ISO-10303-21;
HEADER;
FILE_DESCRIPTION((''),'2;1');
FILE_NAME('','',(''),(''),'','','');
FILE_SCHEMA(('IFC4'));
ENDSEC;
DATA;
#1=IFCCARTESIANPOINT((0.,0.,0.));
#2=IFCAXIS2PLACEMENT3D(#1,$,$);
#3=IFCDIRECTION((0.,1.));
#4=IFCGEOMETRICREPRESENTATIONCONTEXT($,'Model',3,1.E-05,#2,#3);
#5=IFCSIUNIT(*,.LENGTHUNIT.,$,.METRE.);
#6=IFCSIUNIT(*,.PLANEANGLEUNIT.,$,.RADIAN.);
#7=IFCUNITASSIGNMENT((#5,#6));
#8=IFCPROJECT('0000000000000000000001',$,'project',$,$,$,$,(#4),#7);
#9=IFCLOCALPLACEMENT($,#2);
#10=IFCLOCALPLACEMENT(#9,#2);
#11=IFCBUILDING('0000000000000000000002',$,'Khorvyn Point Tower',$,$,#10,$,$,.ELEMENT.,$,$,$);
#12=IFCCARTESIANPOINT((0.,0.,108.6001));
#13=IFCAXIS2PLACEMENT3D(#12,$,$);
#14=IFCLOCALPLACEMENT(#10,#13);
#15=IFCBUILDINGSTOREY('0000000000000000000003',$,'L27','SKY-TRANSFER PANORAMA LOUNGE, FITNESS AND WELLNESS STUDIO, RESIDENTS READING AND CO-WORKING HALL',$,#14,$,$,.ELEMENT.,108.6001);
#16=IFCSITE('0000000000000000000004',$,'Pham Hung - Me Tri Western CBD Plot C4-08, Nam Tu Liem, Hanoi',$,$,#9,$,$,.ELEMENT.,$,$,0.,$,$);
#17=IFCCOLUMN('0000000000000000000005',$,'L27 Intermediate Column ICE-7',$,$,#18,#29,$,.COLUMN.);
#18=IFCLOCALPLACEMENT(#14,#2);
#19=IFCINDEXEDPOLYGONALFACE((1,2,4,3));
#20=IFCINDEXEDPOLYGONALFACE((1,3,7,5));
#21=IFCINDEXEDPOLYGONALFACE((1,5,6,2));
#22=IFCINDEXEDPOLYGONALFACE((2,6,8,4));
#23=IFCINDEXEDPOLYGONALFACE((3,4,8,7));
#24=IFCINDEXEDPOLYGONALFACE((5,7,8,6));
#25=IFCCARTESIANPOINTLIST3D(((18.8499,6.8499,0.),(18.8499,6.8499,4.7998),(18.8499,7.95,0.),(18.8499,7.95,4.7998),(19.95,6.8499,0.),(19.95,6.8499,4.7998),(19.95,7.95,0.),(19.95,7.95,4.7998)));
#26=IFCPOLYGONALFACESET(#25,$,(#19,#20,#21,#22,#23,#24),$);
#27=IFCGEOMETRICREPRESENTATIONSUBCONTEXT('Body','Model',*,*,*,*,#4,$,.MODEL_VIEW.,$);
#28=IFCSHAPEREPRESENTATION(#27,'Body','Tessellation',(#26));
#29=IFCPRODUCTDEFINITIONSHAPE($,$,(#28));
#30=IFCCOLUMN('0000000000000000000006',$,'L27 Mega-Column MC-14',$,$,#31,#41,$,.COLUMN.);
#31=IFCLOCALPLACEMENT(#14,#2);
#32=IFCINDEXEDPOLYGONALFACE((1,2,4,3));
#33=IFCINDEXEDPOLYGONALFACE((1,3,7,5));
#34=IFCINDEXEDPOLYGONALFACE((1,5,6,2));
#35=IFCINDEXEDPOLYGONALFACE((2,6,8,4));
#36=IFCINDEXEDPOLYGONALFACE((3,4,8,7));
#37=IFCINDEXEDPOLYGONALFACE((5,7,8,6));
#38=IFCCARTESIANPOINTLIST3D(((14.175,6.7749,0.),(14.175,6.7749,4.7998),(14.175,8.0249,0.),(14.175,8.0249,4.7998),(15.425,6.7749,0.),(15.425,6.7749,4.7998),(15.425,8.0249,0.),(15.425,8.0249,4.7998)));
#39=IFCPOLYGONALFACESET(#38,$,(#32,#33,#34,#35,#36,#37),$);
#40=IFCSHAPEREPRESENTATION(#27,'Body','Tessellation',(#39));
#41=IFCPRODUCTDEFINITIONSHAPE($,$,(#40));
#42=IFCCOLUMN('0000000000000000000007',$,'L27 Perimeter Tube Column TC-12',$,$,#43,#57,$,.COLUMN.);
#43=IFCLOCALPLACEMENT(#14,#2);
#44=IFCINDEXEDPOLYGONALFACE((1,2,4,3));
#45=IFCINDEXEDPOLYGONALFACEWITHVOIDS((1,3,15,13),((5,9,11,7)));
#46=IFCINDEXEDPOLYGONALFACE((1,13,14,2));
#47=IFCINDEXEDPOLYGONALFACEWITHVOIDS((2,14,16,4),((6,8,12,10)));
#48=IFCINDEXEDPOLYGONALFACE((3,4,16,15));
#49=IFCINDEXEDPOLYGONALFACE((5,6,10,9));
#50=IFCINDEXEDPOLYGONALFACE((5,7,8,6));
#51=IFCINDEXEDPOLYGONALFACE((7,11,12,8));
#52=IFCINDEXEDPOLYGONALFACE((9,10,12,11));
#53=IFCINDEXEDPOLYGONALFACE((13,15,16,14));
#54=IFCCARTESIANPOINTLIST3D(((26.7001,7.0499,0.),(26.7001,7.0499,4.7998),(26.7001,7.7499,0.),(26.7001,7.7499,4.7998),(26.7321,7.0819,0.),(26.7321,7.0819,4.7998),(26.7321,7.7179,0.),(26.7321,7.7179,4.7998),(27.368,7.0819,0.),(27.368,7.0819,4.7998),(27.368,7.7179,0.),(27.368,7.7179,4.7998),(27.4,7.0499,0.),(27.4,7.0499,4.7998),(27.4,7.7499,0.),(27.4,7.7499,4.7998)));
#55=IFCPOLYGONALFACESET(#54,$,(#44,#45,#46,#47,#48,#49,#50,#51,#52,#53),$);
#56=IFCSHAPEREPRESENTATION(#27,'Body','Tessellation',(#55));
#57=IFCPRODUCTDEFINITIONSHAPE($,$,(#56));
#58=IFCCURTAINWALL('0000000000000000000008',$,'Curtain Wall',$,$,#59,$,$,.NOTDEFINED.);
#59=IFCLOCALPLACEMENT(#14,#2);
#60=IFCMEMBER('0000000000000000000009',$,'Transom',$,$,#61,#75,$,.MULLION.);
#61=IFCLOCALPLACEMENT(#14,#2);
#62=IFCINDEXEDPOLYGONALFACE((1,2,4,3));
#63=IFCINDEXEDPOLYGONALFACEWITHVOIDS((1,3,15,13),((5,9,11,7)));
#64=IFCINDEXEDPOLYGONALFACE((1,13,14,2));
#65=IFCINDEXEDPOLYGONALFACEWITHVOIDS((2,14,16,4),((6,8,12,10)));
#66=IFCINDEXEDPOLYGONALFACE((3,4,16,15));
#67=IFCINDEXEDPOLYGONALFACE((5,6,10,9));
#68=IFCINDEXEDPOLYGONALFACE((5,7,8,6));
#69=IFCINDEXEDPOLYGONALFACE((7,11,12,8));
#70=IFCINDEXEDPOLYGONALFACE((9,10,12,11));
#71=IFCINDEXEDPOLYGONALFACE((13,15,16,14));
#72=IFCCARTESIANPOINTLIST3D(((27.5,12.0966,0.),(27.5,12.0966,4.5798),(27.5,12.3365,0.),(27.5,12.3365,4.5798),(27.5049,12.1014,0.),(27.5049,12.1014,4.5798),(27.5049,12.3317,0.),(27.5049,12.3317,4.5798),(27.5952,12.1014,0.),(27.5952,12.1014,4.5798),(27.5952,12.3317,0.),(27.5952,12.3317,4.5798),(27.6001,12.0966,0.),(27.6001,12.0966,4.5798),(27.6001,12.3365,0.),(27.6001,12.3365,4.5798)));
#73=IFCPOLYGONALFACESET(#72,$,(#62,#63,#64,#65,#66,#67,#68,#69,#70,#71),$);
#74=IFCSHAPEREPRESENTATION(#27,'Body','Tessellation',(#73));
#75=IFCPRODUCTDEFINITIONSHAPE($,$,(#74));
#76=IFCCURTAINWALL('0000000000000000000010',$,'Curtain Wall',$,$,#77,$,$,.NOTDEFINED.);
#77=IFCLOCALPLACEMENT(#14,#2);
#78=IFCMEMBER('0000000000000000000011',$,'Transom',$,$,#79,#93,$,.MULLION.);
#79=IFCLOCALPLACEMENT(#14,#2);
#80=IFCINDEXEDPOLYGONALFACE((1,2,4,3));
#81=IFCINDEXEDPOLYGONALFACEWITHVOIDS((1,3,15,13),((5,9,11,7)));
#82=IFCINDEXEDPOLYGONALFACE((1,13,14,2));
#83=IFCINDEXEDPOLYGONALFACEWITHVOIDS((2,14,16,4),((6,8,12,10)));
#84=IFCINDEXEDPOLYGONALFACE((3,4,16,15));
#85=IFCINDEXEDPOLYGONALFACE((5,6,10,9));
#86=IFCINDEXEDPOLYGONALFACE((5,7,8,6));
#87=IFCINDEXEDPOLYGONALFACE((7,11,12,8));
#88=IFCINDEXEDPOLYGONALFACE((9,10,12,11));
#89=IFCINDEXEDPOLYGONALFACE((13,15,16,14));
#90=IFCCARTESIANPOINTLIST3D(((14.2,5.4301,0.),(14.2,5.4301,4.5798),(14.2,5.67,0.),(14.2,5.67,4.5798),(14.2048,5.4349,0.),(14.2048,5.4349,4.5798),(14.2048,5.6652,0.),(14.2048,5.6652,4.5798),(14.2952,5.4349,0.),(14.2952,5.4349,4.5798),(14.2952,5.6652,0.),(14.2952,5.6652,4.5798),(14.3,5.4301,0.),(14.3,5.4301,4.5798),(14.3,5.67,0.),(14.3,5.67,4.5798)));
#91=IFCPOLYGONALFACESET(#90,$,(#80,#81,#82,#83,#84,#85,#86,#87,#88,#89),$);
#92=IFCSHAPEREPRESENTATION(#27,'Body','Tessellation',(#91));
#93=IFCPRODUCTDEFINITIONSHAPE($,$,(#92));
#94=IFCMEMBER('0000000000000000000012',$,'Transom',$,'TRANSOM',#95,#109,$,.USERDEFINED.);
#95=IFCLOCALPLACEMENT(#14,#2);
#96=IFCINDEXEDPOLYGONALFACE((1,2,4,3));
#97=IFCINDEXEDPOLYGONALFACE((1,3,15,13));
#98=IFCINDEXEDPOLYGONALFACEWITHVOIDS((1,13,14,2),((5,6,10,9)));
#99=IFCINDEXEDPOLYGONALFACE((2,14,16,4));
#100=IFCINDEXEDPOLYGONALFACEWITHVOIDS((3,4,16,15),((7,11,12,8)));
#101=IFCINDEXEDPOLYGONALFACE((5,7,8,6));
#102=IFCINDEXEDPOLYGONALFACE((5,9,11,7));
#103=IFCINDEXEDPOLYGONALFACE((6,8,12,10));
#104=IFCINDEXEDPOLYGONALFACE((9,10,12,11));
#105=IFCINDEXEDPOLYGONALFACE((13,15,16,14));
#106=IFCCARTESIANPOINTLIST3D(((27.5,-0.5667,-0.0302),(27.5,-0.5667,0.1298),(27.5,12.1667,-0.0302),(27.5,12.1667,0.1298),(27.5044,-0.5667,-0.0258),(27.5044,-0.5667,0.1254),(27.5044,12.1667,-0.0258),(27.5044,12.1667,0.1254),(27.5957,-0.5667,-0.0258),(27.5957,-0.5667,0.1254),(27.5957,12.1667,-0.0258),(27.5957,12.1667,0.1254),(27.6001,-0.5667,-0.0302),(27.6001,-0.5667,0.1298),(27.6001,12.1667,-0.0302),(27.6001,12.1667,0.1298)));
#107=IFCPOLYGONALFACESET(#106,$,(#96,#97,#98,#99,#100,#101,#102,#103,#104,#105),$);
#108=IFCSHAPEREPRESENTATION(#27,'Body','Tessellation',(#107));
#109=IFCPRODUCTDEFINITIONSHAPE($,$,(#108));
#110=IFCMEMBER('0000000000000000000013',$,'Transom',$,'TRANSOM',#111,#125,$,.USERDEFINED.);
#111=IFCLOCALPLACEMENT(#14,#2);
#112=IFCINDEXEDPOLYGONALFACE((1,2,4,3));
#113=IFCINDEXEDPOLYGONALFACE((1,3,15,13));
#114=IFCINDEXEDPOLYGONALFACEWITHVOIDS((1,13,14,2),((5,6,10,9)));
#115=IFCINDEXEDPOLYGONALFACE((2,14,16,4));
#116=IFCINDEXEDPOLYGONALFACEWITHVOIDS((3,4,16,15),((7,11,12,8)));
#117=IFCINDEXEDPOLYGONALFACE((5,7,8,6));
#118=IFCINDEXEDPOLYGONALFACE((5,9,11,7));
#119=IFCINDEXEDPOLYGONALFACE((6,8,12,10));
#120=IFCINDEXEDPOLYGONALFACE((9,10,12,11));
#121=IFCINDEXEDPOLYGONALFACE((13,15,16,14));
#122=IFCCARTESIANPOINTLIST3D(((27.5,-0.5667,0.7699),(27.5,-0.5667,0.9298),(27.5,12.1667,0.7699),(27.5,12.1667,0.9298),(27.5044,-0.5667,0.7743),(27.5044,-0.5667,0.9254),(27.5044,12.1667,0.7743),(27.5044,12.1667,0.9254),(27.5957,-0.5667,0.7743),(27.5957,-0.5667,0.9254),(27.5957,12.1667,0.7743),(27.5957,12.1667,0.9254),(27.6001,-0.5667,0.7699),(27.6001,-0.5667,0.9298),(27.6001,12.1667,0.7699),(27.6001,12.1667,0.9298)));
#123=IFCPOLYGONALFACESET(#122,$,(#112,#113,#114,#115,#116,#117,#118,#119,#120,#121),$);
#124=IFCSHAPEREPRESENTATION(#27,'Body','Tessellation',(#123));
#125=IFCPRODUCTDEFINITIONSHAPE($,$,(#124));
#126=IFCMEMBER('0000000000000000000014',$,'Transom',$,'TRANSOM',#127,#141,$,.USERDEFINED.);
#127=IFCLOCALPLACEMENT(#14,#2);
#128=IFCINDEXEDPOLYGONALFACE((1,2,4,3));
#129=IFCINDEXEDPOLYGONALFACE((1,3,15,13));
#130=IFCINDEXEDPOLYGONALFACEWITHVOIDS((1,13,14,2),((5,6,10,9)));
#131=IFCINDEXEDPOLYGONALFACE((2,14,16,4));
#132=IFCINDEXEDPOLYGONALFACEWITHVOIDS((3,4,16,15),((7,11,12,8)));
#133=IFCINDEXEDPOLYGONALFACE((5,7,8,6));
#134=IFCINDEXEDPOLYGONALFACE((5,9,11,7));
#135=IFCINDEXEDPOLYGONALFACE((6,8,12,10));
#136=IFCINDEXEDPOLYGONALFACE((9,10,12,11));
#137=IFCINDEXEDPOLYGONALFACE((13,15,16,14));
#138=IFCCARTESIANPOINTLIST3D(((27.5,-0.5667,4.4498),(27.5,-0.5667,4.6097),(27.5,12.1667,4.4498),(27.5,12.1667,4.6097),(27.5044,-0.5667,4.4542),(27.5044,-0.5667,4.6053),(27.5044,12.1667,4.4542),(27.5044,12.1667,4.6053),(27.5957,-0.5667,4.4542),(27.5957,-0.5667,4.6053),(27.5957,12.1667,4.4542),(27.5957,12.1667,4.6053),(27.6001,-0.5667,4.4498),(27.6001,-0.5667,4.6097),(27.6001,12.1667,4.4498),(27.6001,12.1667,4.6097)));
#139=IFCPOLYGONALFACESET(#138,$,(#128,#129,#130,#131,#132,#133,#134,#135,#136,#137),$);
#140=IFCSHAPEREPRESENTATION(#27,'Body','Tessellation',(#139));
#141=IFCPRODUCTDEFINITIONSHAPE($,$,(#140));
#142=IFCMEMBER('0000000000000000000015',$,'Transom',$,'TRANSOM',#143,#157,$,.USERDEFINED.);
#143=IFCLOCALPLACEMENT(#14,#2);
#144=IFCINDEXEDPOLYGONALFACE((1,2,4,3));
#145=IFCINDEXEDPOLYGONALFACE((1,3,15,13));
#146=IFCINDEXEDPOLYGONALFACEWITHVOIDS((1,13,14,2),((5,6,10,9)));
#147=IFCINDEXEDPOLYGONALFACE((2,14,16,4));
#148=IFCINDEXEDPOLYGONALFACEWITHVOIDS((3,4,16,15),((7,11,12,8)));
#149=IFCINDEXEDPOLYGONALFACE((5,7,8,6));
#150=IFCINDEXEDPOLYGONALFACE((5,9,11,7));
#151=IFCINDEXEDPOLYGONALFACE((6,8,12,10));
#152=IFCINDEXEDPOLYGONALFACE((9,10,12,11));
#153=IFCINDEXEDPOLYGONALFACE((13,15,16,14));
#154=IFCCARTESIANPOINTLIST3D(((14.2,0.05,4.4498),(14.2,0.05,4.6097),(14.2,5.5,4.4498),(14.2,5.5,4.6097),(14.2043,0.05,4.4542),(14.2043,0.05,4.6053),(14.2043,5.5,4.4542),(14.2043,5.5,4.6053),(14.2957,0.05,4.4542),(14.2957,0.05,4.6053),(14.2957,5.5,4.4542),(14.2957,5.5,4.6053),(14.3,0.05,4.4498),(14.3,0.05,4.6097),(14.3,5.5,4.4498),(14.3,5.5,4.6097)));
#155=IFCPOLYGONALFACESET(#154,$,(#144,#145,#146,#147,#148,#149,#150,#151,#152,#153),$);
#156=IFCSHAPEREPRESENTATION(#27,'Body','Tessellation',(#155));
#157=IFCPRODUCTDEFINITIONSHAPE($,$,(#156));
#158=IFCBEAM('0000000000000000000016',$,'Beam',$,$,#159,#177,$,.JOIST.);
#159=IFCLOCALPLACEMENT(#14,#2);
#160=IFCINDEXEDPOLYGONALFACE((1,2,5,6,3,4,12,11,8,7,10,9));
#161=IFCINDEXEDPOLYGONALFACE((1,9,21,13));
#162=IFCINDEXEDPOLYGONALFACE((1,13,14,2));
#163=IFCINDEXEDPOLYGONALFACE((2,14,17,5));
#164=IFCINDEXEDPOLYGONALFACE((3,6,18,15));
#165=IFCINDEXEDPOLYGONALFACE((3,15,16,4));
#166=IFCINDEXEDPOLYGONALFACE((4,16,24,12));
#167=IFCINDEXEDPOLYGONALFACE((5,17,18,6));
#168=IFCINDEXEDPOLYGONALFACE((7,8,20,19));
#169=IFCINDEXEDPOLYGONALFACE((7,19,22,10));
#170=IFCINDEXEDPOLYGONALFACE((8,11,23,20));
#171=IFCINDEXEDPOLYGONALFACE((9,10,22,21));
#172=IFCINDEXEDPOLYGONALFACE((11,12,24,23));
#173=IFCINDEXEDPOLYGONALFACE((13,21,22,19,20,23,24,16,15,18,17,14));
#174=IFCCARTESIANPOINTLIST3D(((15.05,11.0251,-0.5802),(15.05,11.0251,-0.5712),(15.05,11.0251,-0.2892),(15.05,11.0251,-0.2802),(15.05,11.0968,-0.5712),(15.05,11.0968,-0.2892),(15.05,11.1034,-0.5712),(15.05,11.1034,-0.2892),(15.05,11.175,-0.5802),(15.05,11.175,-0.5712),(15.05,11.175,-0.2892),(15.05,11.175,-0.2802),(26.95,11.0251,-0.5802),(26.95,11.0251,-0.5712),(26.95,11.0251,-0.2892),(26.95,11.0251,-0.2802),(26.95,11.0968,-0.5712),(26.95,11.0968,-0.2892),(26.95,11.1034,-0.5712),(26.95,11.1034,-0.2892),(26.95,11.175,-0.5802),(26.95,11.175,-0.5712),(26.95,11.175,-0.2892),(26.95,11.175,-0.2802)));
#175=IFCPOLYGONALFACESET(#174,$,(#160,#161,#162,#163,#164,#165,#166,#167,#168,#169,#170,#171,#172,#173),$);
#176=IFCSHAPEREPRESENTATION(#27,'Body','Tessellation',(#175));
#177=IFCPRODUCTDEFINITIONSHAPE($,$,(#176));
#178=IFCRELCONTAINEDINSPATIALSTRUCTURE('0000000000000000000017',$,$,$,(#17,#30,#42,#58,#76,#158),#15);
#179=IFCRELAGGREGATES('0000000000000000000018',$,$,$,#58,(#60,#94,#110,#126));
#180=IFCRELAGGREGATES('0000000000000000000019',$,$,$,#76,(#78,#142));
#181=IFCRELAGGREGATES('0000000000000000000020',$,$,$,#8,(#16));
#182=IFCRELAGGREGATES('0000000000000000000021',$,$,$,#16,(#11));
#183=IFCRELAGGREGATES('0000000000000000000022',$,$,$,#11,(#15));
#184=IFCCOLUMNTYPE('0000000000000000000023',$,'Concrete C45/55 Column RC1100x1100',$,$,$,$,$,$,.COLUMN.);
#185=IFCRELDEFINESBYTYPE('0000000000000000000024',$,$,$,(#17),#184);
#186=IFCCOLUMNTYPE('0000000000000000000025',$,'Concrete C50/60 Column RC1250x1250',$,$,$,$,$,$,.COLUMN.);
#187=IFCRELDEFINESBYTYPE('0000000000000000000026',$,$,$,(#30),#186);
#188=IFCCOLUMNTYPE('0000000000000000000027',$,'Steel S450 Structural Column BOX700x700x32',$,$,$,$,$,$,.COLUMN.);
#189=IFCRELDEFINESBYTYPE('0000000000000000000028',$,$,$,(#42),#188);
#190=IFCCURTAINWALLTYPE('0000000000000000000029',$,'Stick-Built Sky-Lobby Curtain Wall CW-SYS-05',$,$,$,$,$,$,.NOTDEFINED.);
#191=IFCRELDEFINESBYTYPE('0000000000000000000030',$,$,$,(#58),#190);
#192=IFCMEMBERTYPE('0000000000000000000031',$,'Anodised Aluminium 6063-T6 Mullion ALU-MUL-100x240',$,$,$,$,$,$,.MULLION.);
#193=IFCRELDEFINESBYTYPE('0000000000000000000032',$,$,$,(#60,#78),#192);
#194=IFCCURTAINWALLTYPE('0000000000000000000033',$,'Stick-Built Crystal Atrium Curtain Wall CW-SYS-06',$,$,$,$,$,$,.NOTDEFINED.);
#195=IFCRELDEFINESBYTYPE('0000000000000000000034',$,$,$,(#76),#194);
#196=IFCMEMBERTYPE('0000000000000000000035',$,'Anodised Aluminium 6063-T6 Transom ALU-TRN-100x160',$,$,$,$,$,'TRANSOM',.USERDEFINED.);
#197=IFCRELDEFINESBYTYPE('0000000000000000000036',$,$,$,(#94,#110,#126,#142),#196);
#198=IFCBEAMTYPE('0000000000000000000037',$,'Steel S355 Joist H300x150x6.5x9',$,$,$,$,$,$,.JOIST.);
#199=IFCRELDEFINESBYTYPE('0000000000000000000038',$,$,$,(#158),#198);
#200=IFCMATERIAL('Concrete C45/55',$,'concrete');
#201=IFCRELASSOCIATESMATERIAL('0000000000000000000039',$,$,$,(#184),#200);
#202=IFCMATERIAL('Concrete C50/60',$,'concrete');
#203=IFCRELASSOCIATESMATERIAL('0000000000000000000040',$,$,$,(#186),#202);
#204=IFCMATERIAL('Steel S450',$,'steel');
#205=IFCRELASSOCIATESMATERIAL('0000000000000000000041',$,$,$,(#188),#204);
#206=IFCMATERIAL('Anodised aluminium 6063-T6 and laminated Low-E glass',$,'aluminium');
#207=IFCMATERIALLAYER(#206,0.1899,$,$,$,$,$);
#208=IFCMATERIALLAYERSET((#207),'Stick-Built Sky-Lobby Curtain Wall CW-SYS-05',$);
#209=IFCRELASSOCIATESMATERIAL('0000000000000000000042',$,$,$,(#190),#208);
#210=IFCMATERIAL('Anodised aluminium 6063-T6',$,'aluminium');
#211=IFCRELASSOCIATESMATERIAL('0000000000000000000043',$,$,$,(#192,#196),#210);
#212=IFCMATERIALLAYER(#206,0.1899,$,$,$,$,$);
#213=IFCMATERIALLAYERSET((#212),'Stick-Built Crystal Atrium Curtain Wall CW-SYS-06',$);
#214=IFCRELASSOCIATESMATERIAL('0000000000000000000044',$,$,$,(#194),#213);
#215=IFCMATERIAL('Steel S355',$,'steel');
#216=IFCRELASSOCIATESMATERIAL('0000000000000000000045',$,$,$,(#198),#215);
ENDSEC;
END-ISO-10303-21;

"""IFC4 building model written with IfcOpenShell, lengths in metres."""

from ifc_helpers import new_model, si_unit, direction, frame, origin, origin_2d, place, context, subcontext, project, spatial, rectangle, hollow_rectangle, i_section, extrude, material, layer, layer_set, material_profile, profile_set, type_object, element, aggregate, save


model = new_model("IFC4")

# Units and contexts
model_context = context("Model", 3, precision=1e-05, world=origin(), true_north=direction((0.0, 1.0)))
body_context = subcontext(model_context, "Body", "Model", "MODEL_VIEW")
ifc_project = project(units=[si_unit("LENGTHUNIT", "METRE"), si_unit("PLANEANGLEUNIT", "RADIAN")], contexts=[model_context])

# Site, building, storey
site_placement = place(None, origin())
site = spatial("IfcSite", under=ifc_project, at=site_placement, Name="Pham Hung - Me Tri Western CBD Plot C4-08, Nam Tu Liem, Hanoi", CompositionType="ELEMENT", RefElevation=0.0)
building_placement = place(site_placement, origin())
building = spatial("IfcBuilding", under=site, at=building_placement, Name="Khorvyn Point Tower", CompositionType="ELEMENT")
storey_placement = place(building_placement, frame((0.0, 0.0, 108.6001)))
storey = spatial("IfcBuildingStorey", under=building, at=storey_placement, Name="L27", Description="SKY-TRANSFER PANORAMA LOUNGE, FITNESS AND WELLNESS STUDIO, RESIDENTS READING AND CO-WORKING HALL", CompositionType="ELEMENT", Elevation=108.6001)

# Columns
ifc_material_1 = material(Name="Concrete C45/55", Category="concrete")
ifc_material_profile_1 = material_profile(ifc_material_1, rectangle(XDim=1.1001, YDim=1.1001, at=origin_2d()))
ifc_profile_set_1 = profile_set([ifc_material_profile_1], Name="Concrete C45/55 RC1100x1100")
column_type_1 = type_object("IfcColumnType", Name="Concrete C45/55 Column RC1100x1100", PredefinedType="COLUMN", material=ifc_profile_set_1)
column_1_placement = place(storey_placement, frame((19.3999, 7.3999, 0.0), z_axis=(0.0, 0.0, 1.0), x_axis=(1.0, 0.0, 0.0)))
element("IfcColumn", 1, at=column_1_placement, inside=storey, type_object=column_type_1, Name="L27 Intermediate Column ICE-7", PredefinedType="COLUMN", context=body_context, shape_type="SweptSolid", body=[
    extrude(rectangle(XDim=1.1001, YDim=1.1001, at=origin_2d()), origin(), (0.0, 0.0, 1.0), 4.7998),
])
ifc_material_2 = material(Name="Concrete C50/60", Category="concrete")
ifc_material_profile_2 = material_profile(ifc_material_2, rectangle(XDim=1.25, YDim=1.25, at=origin_2d()))
ifc_profile_set_2 = profile_set([ifc_material_profile_2], Name="Concrete C50/60 RC1250x1250")
column_type_2 = type_object("IfcColumnType", Name="Concrete C50/60 Column RC1250x1250", PredefinedType="COLUMN", material=ifc_profile_set_2)
column_2_placement = place(storey_placement, frame((14.8, 7.3999, 0.0), z_axis=(0.0, 0.0, 1.0), x_axis=(1.0, 0.0, 0.0)))
element("IfcColumn", 2, at=column_2_placement, inside=storey, type_object=column_type_2, Name="L27 Mega-Column MC-14", PredefinedType="COLUMN", context=body_context, shape_type="SweptSolid", body=[
    extrude(rectangle(XDim=1.25, YDim=1.25, at=origin_2d()), origin(), (0.0, 0.0, 1.0), 4.7998),
])
ifc_material_3 = material(Name="Steel S450", Category="steel")
ifc_material_profile_3 = material_profile(ifc_material_3, hollow_rectangle(XDim=0.7, YDim=0.7, WallThickness=0.032, at=origin_2d()))
ifc_profile_set_3 = profile_set([ifc_material_profile_3], Name="Steel S450 BOX700x700x32")
column_type_3 = type_object("IfcColumnType", Name="Steel S450 Structural Column BOX700x700x32", PredefinedType="COLUMN", material=ifc_profile_set_3)
column_3_placement = place(storey_placement, frame((27.05, 7.3999, 0.0), z_axis=(0.0, 0.0, 1.0), x_axis=(1.0, 0.0, 0.0)))
element("IfcColumn", 3, at=column_3_placement, inside=storey, type_object=column_type_3, Name="L27 Perimeter Tube Column TC-12", PredefinedType="COLUMN", context=body_context, shape_type="SweptSolid", body=[
    extrude(hollow_rectangle(XDim=0.7, YDim=0.7, WallThickness=0.032, at=origin_2d()), origin(), (0.0, 0.0, 1.0), 4.7998),
])

# Curtain walls, members
ifc_material_4 = material(Name="Anodised aluminium 6063-T6 and laminated Low-E glass", Category="aluminium")
ifc_layer_1 = layer(ifc_material_4, 0.1899)
ifc_layer_set_1 = layer_set([ifc_layer_1], Name="Stick-Built Sky-Lobby Curtain Wall CW-SYS-05")
curtain_wall_type_1 = type_object("IfcCurtainWallType", Name="Stick-Built Sky-Lobby Curtain Wall CW-SYS-05", PredefinedType="NOTDEFINED", material=ifc_layer_set_1)
curtain_wall_1_placement = place(storey_placement, origin())
curtain_wall_1 = element("IfcCurtainWall", 4, at=curtain_wall_1_placement, inside=storey, type_object=curtain_wall_type_1, Name="Curtain Wall", PredefinedType="NOTDEFINED")
ifc_material_5 = material(Name="Anodised aluminium 6063-T6", Category="aluminium")
ifc_material_profile_4 = material_profile(ifc_material_5, hollow_rectangle(XDim=0.1001, YDim=0.24, WallThickness=0.0049, at=origin_2d()))
ifc_profile_set_4 = profile_set([ifc_material_profile_4], Name="Anodised aluminium 6063-T6 ALU-MUL-100x240")
member_type_1 = type_object("IfcMemberType", Name="Anodised Aluminium 6063-T6 Mullion ALU-MUL-100x240", PredefinedType="MULLION", material=ifc_profile_set_4)
member_1_placement = place(storey_placement, frame((27.55, 12.2166, 0.0), z_axis=(0.0, 0.0, 1.0), x_axis=(1.0, 0.0, 0.0)))
member_1 = element("IfcMember", 5, at=member_1_placement, type_object=member_type_1, Name="Transom", PredefinedType="MULLION", context=body_context, shape_type="SweptSolid", body=[
    extrude(hollow_rectangle(XDim=0.1001, YDim=0.24, WallThickness=0.0049, at=origin_2d()), origin(), (0.0, 0.0, 1.0), 4.5798),
])
ifc_layer_2 = layer(ifc_material_4, 0.1899)
ifc_layer_set_2 = layer_set([ifc_layer_2], Name="Stick-Built Crystal Atrium Curtain Wall CW-SYS-06")
curtain_wall_type_2 = type_object("IfcCurtainWallType", Name="Stick-Built Crystal Atrium Curtain Wall CW-SYS-06", PredefinedType="NOTDEFINED", material=ifc_layer_set_2)
curtain_wall_2_placement = place(storey_placement, origin())
curtain_wall_2 = element("IfcCurtainWall", 6, at=curtain_wall_2_placement, inside=storey, type_object=curtain_wall_type_2, Name="Curtain Wall", PredefinedType="NOTDEFINED")
member_2_placement = place(storey_placement, frame((14.25, 5.55, 0.0), z_axis=(0.0, 0.0, 1.0), x_axis=(-1.0, 0.0, 0.0)))
member_2 = element("IfcMember", 7, at=member_2_placement, type_object=member_type_1, Name="Transom", PredefinedType="MULLION", context=body_context, shape_type="SweptSolid", body=[
    extrude(hollow_rectangle(XDim=0.1001, YDim=0.24, WallThickness=0.0049, at=origin_2d()), origin(), (0.0, 0.0, 1.0), 4.5798),
])

# Members
ifc_material_profile_5 = material_profile(ifc_material_5, hollow_rectangle(XDim=0.1001, YDim=0.1599, WallThickness=0.0044, at=origin_2d()))
ifc_profile_set_5 = profile_set([ifc_material_profile_5], Name="Anodised aluminium 6063-T6 ALU-TRN-100x160")
member_type_2 = type_object("IfcMemberType", Name="Anodised Aluminium 6063-T6 Transom ALU-TRN-100x160", ElementType="TRANSOM", PredefinedType="USERDEFINED", material=ifc_profile_set_5)
member_3_placement = place(storey_placement, frame((27.55, 12.1667, 0.0498), z_axis=(0.0, -1.0, 0.0), x_axis=(1.0, 0.0, 0.0)))
member_3 = element("IfcMember", 8, at=member_3_placement, type_object=member_type_2, Name="Transom", ObjectType="TRANSOM", PredefinedType="USERDEFINED", context=body_context, shape_type="SweptSolid", body=[
    extrude(hollow_rectangle(XDim=0.1001, YDim=0.1599, WallThickness=0.0044, at=origin_2d()), origin(), (0.0, 0.0, 1.0), 12.7334),
])
member_4_placement = place(storey_placement, frame((27.55, 12.1667, 0.8499), z_axis=(0.0, -1.0, 0.0), x_axis=(1.0, 0.0, 0.0)))
member_4 = element("IfcMember", 9, at=member_4_placement, type_object=member_type_2, Name="Transom", ObjectType="TRANSOM", PredefinedType="USERDEFINED", context=body_context, shape_type="SweptSolid", body=[
    extrude(hollow_rectangle(XDim=0.1001, YDim=0.1599, WallThickness=0.0044, at=origin_2d()), origin(), (0.0, 0.0, 1.0), 12.7334),
])
member_5_placement = place(storey_placement, frame((27.55, 12.1667, 4.5298), z_axis=(0.0, -1.0, 0.0), x_axis=(1.0, 0.0, 0.0)))
member_5 = element("IfcMember", 10, at=member_5_placement, type_object=member_type_2, Name="Transom", ObjectType="TRANSOM", PredefinedType="USERDEFINED", context=body_context, shape_type="SweptSolid", body=[
    extrude(hollow_rectangle(XDim=0.1001, YDim=0.1599, WallThickness=0.0044, at=origin_2d()), origin(), (0.0, 0.0, 1.0), 12.7334),
])
member_6_placement = place(storey_placement, frame((14.25, 0.05, 4.5298), z_axis=(0.0, 1.0, 0.0), x_axis=(-1.0, 0.0, 0.0)))
member_6 = element("IfcMember", 11, at=member_6_placement, type_object=member_type_2, Name="Transom", ObjectType="TRANSOM", PredefinedType="USERDEFINED", context=body_context, shape_type="SweptSolid", body=[
    extrude(hollow_rectangle(XDim=0.1001, YDim=0.1599, WallThickness=0.0044, at=origin_2d()), origin(), (0.0, 0.0, 1.0), 5.45),
])

# Beam
ifc_material_6 = material(Name="Steel S355", Category="steel")
ifc_material_profile_6 = material_profile(ifc_material_6, i_section(OverallWidth=0.1499, OverallDepth=0.3, WebThickness=0.0066, FlangeThickness=0.009, at=origin_2d()))
ifc_profile_set_6 = profile_set([ifc_material_profile_6], Name="Steel S355 H300x150x6.5x9")
beam_type_1 = type_object("IfcBeamType", Name="Steel S355 Joist H300x150x6.5x9", PredefinedType="JOIST", material=ifc_profile_set_6)
beam_1_placement = place(storey_placement, frame((15.05, 11.1001, -0.4302), z_axis=(1.0, 0.0, 0.0), x_axis=(0.0, 1.0, 0.0)))
element("IfcBeam", 12, at=beam_1_placement, inside=storey, type_object=beam_type_1, Name="Beam", PredefinedType="JOIST", context=body_context, shape_type="SweptSolid", body=[
    extrude(i_section(OverallWidth=0.1499, OverallDepth=0.3, WebThickness=0.0066, FlangeThickness=0.009, at=origin_2d()), origin(), (0.0, 0.0, 1.0), 11.8999),
])

aggregate(curtain_wall_1, [member_1, member_3, member_4, member_5])
aggregate(curtain_wall_2, [member_2, member_6])

save(model, "model.ifc")
